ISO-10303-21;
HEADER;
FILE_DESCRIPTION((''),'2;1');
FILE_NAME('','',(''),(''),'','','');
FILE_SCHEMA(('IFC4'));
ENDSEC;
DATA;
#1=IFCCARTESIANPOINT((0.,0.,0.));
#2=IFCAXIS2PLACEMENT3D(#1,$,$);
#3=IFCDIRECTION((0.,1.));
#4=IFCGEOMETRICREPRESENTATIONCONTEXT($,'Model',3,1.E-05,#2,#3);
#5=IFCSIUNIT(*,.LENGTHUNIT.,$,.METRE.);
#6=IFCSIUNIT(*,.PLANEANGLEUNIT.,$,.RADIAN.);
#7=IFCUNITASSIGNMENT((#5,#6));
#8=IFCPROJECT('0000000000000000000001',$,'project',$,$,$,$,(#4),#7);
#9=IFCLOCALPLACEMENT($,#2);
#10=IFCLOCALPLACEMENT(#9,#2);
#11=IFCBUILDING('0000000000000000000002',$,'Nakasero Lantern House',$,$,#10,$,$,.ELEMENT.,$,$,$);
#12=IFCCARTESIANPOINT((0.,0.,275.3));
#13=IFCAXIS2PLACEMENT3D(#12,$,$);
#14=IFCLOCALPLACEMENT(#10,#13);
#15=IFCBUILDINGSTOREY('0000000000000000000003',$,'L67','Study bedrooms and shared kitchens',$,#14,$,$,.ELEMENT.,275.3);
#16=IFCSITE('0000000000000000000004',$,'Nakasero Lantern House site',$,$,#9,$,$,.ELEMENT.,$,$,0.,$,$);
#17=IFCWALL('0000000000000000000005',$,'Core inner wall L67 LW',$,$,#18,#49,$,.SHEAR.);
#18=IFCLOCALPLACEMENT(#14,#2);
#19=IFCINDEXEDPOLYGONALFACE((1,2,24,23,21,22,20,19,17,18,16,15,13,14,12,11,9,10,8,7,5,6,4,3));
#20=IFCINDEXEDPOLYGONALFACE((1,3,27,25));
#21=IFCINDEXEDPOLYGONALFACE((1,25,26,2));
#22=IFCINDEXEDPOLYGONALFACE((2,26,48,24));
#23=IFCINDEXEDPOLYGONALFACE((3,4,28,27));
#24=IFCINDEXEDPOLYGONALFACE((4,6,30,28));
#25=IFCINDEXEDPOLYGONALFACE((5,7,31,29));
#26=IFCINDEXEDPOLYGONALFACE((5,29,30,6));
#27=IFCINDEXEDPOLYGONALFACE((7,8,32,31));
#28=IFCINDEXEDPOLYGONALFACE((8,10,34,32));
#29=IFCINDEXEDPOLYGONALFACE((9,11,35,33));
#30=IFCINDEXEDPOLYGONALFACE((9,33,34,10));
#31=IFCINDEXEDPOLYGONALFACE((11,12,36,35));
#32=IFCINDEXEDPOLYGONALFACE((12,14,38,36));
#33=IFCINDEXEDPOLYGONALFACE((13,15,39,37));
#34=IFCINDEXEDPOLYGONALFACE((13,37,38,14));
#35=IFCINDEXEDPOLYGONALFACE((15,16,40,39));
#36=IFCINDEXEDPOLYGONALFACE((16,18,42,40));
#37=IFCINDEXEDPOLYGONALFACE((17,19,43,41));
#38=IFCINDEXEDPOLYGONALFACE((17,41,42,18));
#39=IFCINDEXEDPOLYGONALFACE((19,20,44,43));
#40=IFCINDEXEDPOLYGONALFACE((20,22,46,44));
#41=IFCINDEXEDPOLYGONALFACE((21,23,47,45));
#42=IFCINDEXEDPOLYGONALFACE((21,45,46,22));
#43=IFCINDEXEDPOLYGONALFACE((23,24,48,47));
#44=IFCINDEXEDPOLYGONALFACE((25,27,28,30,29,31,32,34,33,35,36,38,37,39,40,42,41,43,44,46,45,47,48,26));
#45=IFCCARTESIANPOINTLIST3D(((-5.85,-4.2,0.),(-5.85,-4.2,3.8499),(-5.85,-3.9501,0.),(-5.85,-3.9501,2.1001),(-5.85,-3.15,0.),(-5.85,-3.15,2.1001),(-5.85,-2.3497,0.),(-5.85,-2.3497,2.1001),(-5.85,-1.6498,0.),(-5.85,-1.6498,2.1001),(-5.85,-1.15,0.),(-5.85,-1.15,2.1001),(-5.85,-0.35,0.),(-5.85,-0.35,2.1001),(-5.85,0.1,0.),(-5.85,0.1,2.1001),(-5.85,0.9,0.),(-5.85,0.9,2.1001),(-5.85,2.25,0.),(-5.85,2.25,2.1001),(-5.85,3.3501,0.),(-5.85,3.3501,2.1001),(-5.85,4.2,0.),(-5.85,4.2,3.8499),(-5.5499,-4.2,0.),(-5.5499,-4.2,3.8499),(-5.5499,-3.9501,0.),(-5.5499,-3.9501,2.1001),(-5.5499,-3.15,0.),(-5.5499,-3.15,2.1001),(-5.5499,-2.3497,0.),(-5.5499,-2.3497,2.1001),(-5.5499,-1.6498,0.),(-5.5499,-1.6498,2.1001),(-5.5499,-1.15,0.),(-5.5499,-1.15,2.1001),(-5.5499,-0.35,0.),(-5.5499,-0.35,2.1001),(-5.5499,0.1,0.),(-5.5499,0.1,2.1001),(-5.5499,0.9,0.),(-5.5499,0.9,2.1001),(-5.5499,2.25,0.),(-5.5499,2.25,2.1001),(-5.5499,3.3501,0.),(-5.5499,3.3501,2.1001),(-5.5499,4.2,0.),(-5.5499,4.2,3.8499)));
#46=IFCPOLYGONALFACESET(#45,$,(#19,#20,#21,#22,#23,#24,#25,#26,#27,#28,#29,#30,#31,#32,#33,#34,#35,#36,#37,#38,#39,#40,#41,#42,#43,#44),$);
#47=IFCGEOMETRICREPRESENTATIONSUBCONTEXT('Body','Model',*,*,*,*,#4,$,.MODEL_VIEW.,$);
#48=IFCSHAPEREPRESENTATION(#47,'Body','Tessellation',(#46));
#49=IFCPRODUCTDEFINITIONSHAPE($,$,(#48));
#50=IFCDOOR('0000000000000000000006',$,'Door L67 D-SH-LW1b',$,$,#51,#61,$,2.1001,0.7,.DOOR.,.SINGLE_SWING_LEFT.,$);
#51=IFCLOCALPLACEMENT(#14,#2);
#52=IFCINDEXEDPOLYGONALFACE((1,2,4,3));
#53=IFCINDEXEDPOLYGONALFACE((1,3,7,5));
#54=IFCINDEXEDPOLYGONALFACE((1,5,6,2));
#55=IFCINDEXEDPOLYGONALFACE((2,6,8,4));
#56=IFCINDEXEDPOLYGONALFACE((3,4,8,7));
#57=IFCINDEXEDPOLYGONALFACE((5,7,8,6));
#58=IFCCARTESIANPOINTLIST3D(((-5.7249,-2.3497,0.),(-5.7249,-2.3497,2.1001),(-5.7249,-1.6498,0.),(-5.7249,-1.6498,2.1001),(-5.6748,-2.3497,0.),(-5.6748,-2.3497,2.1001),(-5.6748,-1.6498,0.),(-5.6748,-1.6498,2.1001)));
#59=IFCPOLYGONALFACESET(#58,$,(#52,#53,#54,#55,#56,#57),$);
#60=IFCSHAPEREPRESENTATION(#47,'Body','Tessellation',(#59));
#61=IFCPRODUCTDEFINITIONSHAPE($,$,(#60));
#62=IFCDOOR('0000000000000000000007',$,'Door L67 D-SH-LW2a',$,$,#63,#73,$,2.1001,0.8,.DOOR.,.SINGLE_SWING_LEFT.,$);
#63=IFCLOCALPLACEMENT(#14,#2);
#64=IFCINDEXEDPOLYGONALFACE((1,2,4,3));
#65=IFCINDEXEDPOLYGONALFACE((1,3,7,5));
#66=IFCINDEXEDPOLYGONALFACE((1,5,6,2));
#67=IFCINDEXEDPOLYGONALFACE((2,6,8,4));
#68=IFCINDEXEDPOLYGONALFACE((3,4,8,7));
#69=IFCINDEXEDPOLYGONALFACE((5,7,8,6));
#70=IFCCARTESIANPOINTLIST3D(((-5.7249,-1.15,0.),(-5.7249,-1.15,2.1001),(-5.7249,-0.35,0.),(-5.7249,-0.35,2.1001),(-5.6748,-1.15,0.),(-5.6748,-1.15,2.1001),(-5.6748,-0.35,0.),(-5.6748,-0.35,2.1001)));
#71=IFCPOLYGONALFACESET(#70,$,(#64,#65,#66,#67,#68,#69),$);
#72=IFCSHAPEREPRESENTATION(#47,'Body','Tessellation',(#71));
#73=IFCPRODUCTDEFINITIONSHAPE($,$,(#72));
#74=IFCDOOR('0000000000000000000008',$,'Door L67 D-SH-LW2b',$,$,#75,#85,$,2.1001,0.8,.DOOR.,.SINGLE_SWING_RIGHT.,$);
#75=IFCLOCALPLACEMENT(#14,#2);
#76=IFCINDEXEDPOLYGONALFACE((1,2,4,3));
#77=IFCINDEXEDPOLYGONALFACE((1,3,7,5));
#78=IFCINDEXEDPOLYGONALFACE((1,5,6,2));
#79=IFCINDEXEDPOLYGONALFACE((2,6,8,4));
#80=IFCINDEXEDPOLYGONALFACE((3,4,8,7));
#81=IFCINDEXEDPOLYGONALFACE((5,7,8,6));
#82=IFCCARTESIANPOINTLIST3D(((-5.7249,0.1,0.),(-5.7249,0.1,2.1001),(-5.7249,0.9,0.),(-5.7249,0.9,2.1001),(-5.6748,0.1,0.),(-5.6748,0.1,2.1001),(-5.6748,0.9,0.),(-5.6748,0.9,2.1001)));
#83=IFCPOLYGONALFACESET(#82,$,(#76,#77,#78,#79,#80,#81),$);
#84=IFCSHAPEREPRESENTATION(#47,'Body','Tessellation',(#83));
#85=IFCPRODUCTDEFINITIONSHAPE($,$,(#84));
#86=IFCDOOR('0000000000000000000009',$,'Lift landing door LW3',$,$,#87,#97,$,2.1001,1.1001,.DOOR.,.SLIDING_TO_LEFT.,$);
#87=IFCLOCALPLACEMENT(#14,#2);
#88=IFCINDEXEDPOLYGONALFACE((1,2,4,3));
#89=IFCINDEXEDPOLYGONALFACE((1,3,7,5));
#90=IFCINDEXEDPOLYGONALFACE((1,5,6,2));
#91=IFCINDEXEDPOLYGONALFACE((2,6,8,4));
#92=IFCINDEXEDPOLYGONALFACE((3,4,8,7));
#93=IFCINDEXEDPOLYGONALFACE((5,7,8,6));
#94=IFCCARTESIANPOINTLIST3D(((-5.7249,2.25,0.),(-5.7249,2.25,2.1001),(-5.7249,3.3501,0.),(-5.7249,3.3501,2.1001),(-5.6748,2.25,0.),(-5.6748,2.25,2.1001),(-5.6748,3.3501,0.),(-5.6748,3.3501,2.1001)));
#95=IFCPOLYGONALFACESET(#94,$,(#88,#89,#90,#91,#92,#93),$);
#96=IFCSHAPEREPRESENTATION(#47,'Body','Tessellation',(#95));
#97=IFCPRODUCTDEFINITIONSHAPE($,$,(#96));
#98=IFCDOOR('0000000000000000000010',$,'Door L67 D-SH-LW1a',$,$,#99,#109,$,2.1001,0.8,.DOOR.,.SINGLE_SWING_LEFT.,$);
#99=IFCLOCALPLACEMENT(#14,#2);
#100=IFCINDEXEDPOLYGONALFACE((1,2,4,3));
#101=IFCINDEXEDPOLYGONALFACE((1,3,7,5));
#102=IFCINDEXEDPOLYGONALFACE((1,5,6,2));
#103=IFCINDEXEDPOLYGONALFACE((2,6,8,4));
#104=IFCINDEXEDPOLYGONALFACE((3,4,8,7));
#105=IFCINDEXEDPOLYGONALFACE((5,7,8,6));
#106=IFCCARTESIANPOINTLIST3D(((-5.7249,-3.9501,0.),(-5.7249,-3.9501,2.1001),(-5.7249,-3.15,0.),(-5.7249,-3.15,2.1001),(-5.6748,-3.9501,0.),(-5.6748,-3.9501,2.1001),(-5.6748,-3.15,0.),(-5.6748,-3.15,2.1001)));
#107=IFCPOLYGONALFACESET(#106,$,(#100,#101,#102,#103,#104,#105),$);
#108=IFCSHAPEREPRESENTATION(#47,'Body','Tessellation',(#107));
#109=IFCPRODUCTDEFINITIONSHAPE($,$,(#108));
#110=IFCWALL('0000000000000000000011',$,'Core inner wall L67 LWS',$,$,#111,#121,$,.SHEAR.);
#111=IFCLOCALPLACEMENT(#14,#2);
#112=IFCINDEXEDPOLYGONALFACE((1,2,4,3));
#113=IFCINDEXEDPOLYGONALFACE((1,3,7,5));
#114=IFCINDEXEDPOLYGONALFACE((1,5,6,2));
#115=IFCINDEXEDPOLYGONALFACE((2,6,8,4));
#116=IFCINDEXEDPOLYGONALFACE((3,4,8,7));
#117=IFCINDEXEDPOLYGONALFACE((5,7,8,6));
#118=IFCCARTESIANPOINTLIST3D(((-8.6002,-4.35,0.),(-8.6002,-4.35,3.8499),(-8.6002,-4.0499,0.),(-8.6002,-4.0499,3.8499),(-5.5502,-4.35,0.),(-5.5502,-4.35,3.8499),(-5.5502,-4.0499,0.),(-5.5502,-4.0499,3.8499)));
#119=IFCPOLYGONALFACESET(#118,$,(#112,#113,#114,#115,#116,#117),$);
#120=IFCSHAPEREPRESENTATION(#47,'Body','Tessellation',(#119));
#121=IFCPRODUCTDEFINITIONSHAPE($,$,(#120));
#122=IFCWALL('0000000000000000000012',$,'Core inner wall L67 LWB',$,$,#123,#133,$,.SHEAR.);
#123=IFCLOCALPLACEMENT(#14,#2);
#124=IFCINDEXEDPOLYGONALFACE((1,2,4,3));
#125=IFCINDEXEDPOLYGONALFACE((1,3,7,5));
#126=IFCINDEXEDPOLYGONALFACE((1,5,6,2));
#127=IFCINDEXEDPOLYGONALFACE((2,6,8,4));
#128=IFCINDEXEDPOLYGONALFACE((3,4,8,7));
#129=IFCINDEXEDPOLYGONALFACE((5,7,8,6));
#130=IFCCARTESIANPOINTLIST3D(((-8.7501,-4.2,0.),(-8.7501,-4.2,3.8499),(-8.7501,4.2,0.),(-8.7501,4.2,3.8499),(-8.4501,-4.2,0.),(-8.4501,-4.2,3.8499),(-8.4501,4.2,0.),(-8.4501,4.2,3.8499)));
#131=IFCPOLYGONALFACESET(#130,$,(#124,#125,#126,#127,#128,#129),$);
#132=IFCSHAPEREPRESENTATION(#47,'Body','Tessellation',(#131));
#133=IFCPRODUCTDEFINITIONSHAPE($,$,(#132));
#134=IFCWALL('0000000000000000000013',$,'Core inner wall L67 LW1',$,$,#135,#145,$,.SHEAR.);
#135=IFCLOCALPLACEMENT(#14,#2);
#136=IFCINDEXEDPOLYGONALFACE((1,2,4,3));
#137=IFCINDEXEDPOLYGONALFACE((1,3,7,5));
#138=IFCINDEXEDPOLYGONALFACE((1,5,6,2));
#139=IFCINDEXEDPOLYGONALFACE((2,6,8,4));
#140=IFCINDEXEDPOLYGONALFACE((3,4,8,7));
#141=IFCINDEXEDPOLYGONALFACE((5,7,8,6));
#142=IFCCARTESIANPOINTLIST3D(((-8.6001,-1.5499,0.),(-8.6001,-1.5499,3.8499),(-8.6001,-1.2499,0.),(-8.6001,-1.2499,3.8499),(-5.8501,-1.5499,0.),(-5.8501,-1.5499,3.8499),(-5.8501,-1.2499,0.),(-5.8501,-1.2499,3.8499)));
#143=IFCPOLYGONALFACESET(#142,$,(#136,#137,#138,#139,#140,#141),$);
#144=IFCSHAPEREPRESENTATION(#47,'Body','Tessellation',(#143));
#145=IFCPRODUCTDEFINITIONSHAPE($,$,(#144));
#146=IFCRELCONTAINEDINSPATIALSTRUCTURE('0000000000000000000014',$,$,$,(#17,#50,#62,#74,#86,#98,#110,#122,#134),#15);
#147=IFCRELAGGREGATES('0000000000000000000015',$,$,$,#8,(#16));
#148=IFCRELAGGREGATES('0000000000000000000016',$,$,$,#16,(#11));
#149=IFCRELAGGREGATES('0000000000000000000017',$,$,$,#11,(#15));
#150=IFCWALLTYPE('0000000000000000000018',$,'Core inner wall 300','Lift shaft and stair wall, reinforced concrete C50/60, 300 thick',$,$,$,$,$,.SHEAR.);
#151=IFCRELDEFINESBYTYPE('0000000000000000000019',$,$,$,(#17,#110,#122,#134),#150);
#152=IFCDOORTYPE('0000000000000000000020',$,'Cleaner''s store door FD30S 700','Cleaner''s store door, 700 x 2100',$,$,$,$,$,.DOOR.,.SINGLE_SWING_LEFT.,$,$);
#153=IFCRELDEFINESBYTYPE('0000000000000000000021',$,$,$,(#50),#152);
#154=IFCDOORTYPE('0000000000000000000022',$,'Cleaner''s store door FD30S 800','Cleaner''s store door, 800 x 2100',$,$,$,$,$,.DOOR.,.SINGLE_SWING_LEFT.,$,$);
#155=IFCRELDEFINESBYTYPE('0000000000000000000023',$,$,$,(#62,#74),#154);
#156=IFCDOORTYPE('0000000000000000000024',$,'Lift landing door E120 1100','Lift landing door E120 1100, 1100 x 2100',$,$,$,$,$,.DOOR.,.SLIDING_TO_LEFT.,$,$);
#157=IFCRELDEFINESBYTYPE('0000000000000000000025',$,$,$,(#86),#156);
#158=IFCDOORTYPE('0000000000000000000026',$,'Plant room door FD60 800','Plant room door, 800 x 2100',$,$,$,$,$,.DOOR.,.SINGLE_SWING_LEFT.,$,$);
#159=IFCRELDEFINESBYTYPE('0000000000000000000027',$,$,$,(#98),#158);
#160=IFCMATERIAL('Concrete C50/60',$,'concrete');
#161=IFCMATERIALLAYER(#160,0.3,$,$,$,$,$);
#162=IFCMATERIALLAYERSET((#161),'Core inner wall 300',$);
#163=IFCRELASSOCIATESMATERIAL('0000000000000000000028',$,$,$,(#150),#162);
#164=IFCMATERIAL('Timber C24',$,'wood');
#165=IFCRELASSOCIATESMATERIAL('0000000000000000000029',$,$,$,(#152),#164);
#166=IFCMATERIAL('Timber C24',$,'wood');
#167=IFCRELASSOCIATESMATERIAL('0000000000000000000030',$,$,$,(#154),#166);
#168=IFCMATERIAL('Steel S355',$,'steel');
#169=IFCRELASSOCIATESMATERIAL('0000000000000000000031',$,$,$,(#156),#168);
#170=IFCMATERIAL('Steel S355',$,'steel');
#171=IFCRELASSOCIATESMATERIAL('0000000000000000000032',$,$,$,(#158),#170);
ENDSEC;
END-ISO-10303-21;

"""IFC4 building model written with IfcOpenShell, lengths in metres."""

from ifc_helpers import new_model, si_unit, direction, frame, frame_2d, origin, place, context, subcontext, project, spatial, rectangle, extrude, material, layer, layer_set, type_object, element, fill, save


model = new_model("IFC4")

# Units and contexts
model_context = context("Model", 3, precision=1e-05, world=origin(), true_north=direction((0.0, 1.0)))
body_context = subcontext(model_context, "Body", "Model", "MODEL_VIEW")
ifc_project = project(units=[si_unit("LENGTHUNIT", "METRE"), si_unit("PLANEANGLEUNIT", "RADIAN")], contexts=[model_context])

# Site, building, storey
site_placement = place(None, origin())
site = spatial("IfcSite", under=ifc_project, at=site_placement, Name="Nakasero Lantern House site", CompositionType="ELEMENT", RefElevation=0.0)
building_placement = place(site_placement, origin())
building = spatial("IfcBuilding", under=site, at=building_placement, Name="Nakasero Lantern House", CompositionType="ELEMENT")
storey_placement = place(building_placement, frame((0.0, 0.0, 275.3)))
storey = spatial("IfcBuildingStorey", under=building, at=storey_placement, Name="L67", Description="Study bedrooms and shared kitchens", CompositionType="ELEMENT", Elevation=275.3)

# Wall, openings, doors
ifc_material_1 = material(Name="Concrete C50/60", Category="concrete")
ifc_layer_1 = layer(ifc_material_1, 0.3)
ifc_layer_set_1 = layer_set([ifc_layer_1], Name="Core inner wall 300")
wall_type_1 = type_object("IfcWallType", Name="Core inner wall 300", Description="Lift shaft and stair wall, reinforced concrete C50/60, 300 thick", PredefinedType="SHEAR", material=ifc_layer_set_1)
wall_1_placement = place(storey_placement, frame((-5.7, -4.2, 0.0), z_axis=(0.0, 0.0, 1.0), x_axis=(0.0, 1.0, 0.0)))
wall_1 = element("IfcWall", 1, at=wall_1_placement, inside=storey, type_object=wall_type_1, Name="Core inner wall L67 LW", PredefinedType="SHEAR", context=body_context, shape_type="SweptSolid", body=[
    extrude(rectangle(XDim=8.3999, YDim=0.3, at=frame_2d((4.2, 0.0))), origin(), (0.0, 0.0, 1.0), 3.8499),
])
opening_1_placement = place(wall_1_placement, frame((0.25, 0.0, 0.0)))
opening_1 = element("IfcOpeningElement", 2, at=opening_1_placement, cuts=wall_1, PredefinedType="OPENING", context=body_context, shape_type="SweptSolid", body=[
    extrude(rectangle(XDim=0.8, YDim=2.1001, at=frame_2d((0.3999, 1.05))), frame((0.0, 0.1699, 0.0), z_axis=(0.0, -1.0, 0.0), x_axis=(1.0, 0.0, 0.0)), (0.0, 0.0, 1.0), 0.3401),
])
opening_2_placement = place(wall_1_placement, frame((1.8501, 0.0, 0.0)))
opening_2 = element("IfcOpeningElement", 3, at=opening_2_placement, cuts=wall_1, PredefinedType="OPENING", context=body_context, shape_type="SweptSolid", body=[
    extrude(rectangle(XDim=0.7, YDim=2.1001, at=frame_2d((0.3501, 1.05))), frame((0.0, 0.1699, 0.0), z_axis=(0.0, -1.0, 0.0), x_axis=(1.0, 0.0, 0.0)), (0.0, 0.0, 1.0), 0.3401),
])
opening_3_placement = place(wall_1_placement, frame((3.05, 0.0, 0.0)))
opening_3 = element("IfcOpeningElement", 4, at=opening_3_placement, cuts=wall_1, PredefinedType="OPENING", context=body_context, shape_type="SweptSolid", body=[
    extrude(rectangle(XDim=0.8, YDim=2.1001, at=frame_2d((0.3999, 1.05))), frame((0.0, 0.1699, 0.0), z_axis=(0.0, -1.0, 0.0), x_axis=(1.0, 0.0, 0.0)), (0.0, 0.0, 1.0), 0.3401),
])
opening_4_placement = place(wall_1_placement, frame((4.3, 0.0, 0.0)))
opening_4 = element("IfcOpeningElement", 5, at=opening_4_placement, cuts=wall_1, PredefinedType="OPENING", context=body_context, shape_type="SweptSolid", body=[
    extrude(rectangle(XDim=0.8, YDim=2.1001, at=frame_2d((0.3999, 1.05))), frame((0.0, 0.1699, 0.0), z_axis=(0.0, -1.0, 0.0), x_axis=(1.0, 0.0, 0.0)), (0.0, 0.0, 1.0), 0.3401),
])
opening_5_placement = place(wall_1_placement, frame((6.45, 0.0, 0.0)))
opening_5 = element("IfcOpeningElement", 6, at=opening_5_placement, cuts=wall_1, PredefinedType="OPENING", context=body_context, shape_type="SweptSolid", body=[
    extrude(rectangle(XDim=1.1001, YDim=2.1001, at=frame_2d((0.55, 1.05))), frame((0.0, 0.1699, 0.0), z_axis=(0.0, -1.0, 0.0), x_axis=(1.0, 0.0, 0.0)), (0.0, 0.0, 1.0), 0.3401),
])
ifc_material_2 = material(Name="Timber C24", Category="wood")
door_type_1 = type_object("IfcDoorType", Name="Cleaner's store door FD30S 700", Description="Cleaner's store door, 700 x 2100", OperationType="SINGLE_SWING_LEFT", PredefinedType="DOOR", material=ifc_material_2)
door_1_placement = place(opening_2_placement, origin())
door_1 = element("IfcDoor", 7, at=door_1_placement, inside=storey, type_object=door_type_1, Name="Door L67 D-SH-LW1b", OperationType="SINGLE_SWING_LEFT", OverallHeight=2.1001, OverallWidth=0.7, PredefinedType="DOOR", context=body_context, shape_type="SweptSolid", body=[
    extrude(rectangle(XDim=0.7, YDim=2.1001, at=frame_2d((0.3501, 1.05))), frame((0.0, 0.0249, 0.0), z_axis=(0.0, -1.0, 0.0), x_axis=(1.0, 0.0, 0.0)), (0.0, 0.0, 1.0), 0.05),
])
fill(opening_2, door_1)
ifc_material_3 = material(Name="Timber C24", Category="wood")
door_type_2 = type_object("IfcDoorType", Name="Cleaner's store door FD30S 800", Description="Cleaner's store door, 800 x 2100", OperationType="SINGLE_SWING_LEFT", PredefinedType="DOOR", material=ifc_material_3)
door_2_placement = place(opening_3_placement, origin())
door_2 = element("IfcDoor", 8, at=door_2_placement, inside=storey, type_object=door_type_2, Name="Door L67 D-SH-LW2a", OperationType="SINGLE_SWING_LEFT", OverallHeight=2.1001, OverallWidth=0.8, PredefinedType="DOOR", context=body_context, shape_type="SweptSolid", body=[
    extrude(rectangle(XDim=0.8, YDim=2.1001, at=frame_2d((0.3999, 1.05))), frame((0.0, 0.0249, 0.0), z_axis=(0.0, -1.0, 0.0), x_axis=(1.0, 0.0, 0.0)), (0.0, 0.0, 1.0), 0.05),
])
fill(opening_3, door_2)
door_3_placement = place(opening_4_placement, origin())
door_3 = element("IfcDoor", 9, at=door_3_placement, inside=storey, type_object=door_type_2, Name="Door L67 D-SH-LW2b", OperationType="SINGLE_SWING_RIGHT", OverallHeight=2.1001, OverallWidth=0.8, PredefinedType="DOOR", context=body_context, shape_type="SweptSolid", body=[
    extrude(rectangle(XDim=0.8, YDim=2.1001, at=frame_2d((0.3999, 1.05))), frame((0.0, 0.0249, 0.0), z_axis=(0.0, -1.0, 0.0), x_axis=(1.0, 0.0, 0.0)), (0.0, 0.0, 1.0), 0.05),
])
fill(opening_4, door_3)
ifc_material_4 = material(Name="Steel S355", Category="steel")
door_type_3 = type_object("IfcDoorType", Name="Lift landing door E120 1100", Description="Lift landing door E120 1100, 1100 x 2100", OperationType="SLIDING_TO_LEFT", PredefinedType="DOOR", material=ifc_material_4)
door_4_placement = place(opening_5_placement, origin())
door_4 = element("IfcDoor", 10, at=door_4_placement, inside=storey, type_object=door_type_3, Name="Lift landing door LW3", OperationType="SLIDING_TO_LEFT", OverallHeight=2.1001, OverallWidth=1.1001, PredefinedType="DOOR", context=body_context, shape_type="SweptSolid", body=[
    extrude(rectangle(XDim=1.1001, YDim=2.1001, at=frame_2d((0.55, 1.05))), frame((0.0, 0.0249, 0.0), z_axis=(0.0, -1.0, 0.0), x_axis=(1.0, 0.0, 0.0)), (0.0, 0.0, 1.0), 0.05),
])
fill(opening_5, door_4)
ifc_material_5 = material(Name="Steel S355", Category="steel")
door_type_4 = type_object("IfcDoorType", Name="Plant room door FD60 800", Description="Plant room door, 800 x 2100", OperationType="SINGLE_SWING_LEFT", PredefinedType="DOOR", material=ifc_material_5)
door_5_placement = place(opening_1_placement, origin())
door_5 = element("IfcDoor", 11, at=door_5_placement, inside=storey, type_object=door_type_4, Name="Door L67 D-SH-LW1a", OperationType="SINGLE_SWING_LEFT", OverallHeight=2.1001, OverallWidth=0.8, PredefinedType="DOOR", context=body_context, shape_type="SweptSolid", body=[
    extrude(rectangle(XDim=0.8, YDim=2.1001, at=frame_2d((0.3999, 1.05))), frame((0.0, 0.0249, 0.0), z_axis=(0.0, -1.0, 0.0), x_axis=(1.0, 0.0, 0.0)), (0.0, 0.0, 1.0), 0.05),
])
fill(opening_1, door_5)

# Walls
wall_2_placement = place(storey_placement, frame((-8.6001, -4.2, 0.0), z_axis=(0.0, 0.0, 1.0), x_axis=(1.0, 0.0, 0.0)))
element("IfcWall", 12, at=wall_2_placement, inside=storey, type_object=wall_type_1, Name="Core inner wall L67 LWS", PredefinedType="SHEAR", context=body_context, shape_type="SweptSolid", body=[
    extrude(rectangle(XDim=3.05, YDim=0.3, at=frame_2d((1.5249, 0.0))), origin(), (0.0, 0.0, 1.0), 3.8499),
])
wall_3_placement = place(storey_placement, frame((-8.6001, -4.2, 0.0), z_axis=(0.0, 0.0, 1.0), x_axis=(0.0, 1.0, 0.0)))
element("IfcWall", 13, at=wall_3_placement, inside=storey, type_object=wall_type_1, Name="Core inner wall L67 LWB", PredefinedType="SHEAR", context=body_context, shape_type="SweptSolid", body=[
    extrude(rectangle(XDim=8.3999, YDim=0.3, at=frame_2d((4.2, 0.0))), origin(), (0.0, 0.0, 1.0), 3.8499),
])
wall_4_placement = place(storey_placement, frame((-8.6001, -1.3999, 0.0), z_axis=(0.0, 0.0, 1.0), x_axis=(1.0, 0.0, 0.0)))
element("IfcWall", 14, at=wall_4_placement, inside=storey, type_object=wall_type_1, Name="Core inner wall L67 LW1", PredefinedType="SHEAR", context=body_context, shape_type="SweptSolid", body=[
    extrude(rectangle(XDim=2.75, YDim=0.3, at=frame_2d((1.375, 0.0))), origin(), (0.0, 0.0, 1.0), 3.8499),
])

save(model, "model.ifc")
